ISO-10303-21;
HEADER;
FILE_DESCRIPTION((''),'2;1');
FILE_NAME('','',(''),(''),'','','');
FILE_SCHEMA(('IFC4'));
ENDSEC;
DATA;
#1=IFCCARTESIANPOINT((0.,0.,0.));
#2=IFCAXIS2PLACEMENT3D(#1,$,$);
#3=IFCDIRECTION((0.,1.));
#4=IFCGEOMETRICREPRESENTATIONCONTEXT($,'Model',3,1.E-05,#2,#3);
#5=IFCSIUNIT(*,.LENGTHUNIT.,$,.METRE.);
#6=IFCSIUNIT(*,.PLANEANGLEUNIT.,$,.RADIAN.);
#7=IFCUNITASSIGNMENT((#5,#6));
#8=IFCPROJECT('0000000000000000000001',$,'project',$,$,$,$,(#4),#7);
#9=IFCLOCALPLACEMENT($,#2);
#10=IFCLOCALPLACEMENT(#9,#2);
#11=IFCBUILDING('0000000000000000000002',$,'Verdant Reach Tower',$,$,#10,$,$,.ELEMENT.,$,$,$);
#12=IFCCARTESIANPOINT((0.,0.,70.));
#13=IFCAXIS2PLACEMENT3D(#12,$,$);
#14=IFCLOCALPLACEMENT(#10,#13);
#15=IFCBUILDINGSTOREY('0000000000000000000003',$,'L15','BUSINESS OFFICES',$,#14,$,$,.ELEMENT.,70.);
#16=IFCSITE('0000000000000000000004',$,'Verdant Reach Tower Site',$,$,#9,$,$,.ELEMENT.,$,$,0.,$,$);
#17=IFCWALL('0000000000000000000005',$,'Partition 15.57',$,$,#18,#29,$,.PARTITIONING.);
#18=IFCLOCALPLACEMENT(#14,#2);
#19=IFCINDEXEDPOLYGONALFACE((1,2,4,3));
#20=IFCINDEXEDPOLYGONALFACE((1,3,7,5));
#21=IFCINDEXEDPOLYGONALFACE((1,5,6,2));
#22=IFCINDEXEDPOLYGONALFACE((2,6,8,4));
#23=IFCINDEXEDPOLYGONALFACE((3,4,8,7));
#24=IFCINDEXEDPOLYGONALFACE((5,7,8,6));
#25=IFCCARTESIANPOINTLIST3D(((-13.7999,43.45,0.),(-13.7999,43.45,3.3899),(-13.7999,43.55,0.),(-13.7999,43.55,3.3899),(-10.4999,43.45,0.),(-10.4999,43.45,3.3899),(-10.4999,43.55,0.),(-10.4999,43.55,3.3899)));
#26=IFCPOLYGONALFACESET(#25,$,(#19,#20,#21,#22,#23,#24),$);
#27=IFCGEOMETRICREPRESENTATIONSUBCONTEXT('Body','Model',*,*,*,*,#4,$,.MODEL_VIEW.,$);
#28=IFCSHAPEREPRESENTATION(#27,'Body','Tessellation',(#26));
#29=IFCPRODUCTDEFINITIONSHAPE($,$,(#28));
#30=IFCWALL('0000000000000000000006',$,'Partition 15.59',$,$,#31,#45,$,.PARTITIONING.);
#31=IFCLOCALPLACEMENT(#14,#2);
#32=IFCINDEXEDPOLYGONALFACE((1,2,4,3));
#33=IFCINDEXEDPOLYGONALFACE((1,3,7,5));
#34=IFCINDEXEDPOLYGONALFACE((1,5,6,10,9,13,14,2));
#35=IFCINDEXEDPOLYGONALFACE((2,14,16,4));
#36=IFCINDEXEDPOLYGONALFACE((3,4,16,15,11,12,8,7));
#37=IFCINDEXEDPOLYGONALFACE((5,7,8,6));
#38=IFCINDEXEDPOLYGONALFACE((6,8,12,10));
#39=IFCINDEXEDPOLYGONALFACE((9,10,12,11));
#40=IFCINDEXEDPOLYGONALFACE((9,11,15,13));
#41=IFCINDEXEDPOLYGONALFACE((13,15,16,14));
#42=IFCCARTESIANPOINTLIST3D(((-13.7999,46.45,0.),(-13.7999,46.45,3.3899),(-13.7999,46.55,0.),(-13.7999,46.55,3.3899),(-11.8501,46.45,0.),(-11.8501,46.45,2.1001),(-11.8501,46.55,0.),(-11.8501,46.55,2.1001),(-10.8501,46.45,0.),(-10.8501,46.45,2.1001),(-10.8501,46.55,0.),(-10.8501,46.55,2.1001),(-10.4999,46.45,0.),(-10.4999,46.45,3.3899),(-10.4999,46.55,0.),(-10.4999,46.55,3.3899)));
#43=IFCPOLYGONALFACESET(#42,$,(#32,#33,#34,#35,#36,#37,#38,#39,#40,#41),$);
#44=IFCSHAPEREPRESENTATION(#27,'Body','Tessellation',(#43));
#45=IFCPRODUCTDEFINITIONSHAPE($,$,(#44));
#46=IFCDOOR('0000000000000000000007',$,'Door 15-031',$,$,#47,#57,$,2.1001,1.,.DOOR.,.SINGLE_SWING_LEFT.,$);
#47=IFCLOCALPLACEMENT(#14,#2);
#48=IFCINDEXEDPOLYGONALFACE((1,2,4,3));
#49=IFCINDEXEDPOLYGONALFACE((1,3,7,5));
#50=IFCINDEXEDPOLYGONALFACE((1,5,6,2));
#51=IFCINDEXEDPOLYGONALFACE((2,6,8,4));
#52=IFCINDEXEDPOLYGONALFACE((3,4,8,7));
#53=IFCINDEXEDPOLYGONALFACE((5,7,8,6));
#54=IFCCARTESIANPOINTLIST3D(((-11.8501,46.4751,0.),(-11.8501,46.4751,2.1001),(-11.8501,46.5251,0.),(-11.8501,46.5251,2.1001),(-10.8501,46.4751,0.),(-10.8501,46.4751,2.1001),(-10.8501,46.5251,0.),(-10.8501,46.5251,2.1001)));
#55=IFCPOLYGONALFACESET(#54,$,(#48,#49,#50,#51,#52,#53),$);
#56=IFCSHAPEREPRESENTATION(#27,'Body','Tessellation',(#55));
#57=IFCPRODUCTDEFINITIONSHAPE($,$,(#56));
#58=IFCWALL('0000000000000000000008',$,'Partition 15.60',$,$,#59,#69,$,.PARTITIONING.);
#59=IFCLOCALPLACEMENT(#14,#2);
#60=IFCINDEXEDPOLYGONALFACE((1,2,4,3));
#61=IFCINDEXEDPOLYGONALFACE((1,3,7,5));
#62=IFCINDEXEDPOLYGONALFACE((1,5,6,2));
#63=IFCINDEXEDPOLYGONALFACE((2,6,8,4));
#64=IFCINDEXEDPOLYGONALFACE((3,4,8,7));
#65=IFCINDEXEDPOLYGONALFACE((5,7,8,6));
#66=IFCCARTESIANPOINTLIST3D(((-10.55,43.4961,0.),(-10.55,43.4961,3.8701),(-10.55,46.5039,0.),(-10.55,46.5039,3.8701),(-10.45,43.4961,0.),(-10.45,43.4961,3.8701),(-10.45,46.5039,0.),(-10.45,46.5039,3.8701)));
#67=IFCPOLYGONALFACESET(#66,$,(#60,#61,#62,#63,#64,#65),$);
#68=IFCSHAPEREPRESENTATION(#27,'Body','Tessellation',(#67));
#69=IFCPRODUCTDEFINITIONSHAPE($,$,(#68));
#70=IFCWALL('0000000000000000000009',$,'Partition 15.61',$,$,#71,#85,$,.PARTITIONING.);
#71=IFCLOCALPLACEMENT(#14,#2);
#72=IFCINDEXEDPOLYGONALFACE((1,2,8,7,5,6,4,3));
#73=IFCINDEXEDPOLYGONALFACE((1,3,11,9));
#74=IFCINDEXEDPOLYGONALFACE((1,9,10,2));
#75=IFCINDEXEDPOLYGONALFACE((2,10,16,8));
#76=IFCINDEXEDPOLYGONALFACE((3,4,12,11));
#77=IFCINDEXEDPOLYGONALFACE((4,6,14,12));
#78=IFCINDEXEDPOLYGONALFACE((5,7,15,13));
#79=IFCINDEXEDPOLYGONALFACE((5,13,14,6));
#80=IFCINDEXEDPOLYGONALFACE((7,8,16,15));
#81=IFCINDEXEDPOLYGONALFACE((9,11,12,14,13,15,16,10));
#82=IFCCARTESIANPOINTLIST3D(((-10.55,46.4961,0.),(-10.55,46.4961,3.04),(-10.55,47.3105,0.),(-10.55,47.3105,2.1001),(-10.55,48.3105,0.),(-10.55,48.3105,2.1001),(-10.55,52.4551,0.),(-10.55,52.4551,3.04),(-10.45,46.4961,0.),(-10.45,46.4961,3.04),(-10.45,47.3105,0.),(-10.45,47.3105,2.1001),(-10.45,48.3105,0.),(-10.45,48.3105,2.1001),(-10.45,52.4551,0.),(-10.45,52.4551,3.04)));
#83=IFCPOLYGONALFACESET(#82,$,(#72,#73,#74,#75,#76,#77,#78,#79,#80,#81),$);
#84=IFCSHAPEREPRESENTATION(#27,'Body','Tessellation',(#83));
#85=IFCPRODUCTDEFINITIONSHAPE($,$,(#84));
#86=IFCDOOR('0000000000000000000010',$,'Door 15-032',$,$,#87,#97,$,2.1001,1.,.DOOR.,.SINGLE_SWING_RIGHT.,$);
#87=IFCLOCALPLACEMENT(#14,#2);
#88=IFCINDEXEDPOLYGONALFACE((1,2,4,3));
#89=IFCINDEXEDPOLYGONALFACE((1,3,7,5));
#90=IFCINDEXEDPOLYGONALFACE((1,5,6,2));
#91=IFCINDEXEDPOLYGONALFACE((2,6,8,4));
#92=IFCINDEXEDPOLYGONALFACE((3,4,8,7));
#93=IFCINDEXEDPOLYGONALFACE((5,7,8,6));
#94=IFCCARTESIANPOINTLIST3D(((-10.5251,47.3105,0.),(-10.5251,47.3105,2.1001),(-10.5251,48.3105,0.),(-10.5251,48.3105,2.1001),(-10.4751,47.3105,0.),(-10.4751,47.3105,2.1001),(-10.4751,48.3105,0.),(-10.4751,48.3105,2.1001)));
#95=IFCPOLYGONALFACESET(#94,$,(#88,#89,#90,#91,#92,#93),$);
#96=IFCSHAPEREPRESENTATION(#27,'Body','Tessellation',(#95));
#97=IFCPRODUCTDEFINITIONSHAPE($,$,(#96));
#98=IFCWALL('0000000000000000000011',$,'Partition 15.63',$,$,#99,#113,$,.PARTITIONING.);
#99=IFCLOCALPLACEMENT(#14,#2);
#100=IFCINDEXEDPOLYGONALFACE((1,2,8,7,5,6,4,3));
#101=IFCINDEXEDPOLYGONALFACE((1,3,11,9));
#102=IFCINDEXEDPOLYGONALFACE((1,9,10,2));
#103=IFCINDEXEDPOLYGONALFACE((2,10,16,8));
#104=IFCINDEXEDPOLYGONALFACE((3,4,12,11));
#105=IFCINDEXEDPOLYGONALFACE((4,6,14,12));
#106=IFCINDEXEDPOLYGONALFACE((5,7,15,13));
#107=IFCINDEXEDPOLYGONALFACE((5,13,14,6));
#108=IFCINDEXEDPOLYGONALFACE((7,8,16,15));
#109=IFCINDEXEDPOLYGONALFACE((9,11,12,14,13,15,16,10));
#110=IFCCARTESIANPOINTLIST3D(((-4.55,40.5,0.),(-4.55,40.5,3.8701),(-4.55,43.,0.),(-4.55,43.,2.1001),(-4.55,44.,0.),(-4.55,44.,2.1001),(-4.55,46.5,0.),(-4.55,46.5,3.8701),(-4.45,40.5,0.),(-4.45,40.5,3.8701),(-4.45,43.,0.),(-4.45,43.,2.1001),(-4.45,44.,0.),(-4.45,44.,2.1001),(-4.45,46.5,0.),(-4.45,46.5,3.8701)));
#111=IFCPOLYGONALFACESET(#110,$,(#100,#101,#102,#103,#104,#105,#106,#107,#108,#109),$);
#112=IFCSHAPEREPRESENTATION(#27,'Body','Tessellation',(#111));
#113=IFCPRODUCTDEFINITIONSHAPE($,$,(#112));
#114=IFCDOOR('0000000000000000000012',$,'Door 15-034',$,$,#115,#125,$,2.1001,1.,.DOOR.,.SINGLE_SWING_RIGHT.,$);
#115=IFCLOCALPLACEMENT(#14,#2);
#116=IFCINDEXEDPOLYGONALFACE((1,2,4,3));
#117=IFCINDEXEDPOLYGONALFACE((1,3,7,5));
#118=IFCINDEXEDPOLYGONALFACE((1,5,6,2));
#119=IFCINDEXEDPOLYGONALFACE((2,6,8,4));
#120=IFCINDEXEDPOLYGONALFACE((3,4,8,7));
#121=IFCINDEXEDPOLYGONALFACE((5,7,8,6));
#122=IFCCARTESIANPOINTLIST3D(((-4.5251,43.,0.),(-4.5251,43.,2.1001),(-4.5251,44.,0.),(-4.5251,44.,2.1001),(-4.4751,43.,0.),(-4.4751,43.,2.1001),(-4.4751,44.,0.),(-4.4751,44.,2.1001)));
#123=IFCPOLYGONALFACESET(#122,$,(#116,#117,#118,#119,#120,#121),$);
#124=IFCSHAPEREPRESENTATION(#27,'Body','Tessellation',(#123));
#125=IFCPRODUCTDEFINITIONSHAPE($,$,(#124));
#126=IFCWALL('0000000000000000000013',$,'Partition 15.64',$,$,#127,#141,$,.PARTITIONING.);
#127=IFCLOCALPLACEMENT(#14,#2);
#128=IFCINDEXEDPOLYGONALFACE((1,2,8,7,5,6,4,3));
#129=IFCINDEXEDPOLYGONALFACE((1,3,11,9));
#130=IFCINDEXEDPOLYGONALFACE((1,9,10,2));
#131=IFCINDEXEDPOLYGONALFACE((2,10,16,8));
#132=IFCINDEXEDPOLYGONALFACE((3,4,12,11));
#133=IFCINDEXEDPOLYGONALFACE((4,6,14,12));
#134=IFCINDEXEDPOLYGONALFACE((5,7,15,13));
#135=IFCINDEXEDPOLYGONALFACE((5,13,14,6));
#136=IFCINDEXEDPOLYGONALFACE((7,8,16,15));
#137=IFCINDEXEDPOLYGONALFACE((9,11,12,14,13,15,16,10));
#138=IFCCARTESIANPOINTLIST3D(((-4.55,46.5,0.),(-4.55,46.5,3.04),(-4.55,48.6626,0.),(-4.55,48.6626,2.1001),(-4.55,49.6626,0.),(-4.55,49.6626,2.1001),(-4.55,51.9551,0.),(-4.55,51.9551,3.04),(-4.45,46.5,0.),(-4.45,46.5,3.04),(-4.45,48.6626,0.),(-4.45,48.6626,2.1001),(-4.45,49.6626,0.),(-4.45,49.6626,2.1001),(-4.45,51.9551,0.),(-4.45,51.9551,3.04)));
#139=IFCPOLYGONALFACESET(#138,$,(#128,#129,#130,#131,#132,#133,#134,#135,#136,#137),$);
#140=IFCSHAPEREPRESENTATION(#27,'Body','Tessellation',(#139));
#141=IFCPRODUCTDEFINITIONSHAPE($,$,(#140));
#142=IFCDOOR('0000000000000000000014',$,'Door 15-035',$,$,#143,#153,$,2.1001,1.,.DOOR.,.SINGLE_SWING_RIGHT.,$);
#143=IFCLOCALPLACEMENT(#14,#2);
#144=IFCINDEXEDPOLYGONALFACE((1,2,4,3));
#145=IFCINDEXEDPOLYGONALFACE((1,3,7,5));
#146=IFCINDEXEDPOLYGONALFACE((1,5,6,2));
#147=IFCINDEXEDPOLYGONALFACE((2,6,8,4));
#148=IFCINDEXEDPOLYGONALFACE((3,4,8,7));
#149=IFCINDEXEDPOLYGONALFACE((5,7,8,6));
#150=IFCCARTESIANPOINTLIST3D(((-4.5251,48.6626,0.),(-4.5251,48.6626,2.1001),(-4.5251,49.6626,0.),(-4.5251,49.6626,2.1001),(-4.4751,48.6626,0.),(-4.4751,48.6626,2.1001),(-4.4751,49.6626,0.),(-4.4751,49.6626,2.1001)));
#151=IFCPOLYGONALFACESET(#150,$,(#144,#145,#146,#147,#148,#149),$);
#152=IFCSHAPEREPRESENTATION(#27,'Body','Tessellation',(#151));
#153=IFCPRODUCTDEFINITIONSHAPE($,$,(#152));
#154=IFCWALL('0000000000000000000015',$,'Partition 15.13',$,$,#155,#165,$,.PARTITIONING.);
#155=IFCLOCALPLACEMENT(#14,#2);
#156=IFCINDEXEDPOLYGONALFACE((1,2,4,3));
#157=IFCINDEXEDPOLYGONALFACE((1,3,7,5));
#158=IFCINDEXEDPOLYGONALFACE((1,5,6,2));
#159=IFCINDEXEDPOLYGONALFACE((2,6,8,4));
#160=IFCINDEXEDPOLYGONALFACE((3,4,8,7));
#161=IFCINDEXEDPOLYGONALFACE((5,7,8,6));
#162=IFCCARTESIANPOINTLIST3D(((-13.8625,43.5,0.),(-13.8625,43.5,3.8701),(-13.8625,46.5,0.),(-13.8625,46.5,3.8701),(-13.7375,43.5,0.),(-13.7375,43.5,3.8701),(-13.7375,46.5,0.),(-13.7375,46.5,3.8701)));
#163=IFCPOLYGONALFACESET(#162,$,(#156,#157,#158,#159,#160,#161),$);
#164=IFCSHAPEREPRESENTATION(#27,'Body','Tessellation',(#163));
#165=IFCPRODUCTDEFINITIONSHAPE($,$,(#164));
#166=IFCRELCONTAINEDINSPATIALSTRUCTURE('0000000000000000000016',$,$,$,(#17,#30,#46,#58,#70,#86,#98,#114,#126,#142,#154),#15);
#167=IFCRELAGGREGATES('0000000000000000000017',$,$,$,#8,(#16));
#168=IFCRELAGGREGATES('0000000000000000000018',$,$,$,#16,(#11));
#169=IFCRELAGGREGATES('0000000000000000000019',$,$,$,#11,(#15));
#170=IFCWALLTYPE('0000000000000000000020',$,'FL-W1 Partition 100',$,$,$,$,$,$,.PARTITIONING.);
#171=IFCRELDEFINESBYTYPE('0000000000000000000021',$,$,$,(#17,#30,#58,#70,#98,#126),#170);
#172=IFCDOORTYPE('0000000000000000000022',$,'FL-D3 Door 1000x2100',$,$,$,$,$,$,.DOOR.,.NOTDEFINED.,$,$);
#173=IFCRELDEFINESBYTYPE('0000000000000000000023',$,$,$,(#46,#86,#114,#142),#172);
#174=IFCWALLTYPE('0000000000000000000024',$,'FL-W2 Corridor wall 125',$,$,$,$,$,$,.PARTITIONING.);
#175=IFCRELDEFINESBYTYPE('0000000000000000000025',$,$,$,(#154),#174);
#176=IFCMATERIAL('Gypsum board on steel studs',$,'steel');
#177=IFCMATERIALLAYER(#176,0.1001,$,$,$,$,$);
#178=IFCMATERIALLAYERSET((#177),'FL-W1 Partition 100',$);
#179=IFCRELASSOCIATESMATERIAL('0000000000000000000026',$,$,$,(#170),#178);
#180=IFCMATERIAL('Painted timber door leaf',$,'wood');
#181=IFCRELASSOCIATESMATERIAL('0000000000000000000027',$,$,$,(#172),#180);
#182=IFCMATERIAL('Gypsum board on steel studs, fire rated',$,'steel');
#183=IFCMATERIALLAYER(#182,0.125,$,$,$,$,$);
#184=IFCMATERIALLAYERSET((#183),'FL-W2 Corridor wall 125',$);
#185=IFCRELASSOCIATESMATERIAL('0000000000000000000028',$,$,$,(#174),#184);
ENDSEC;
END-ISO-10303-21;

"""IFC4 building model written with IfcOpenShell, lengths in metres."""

from ifc_helpers import new_model, si_unit, direction, frame, frame_2d, origin, place, context, subcontext, project, spatial, rectangle, extrude, material, layer, layer_set, type_object, element, fill, save


model = new_model("IFC4")

# Units and contexts
model_context = context("Model", 3, precision=1e-05, world=origin(), true_north=direction((0.0, 1.0)))
body_context = subcontext(model_context, "Body", "Model", "MODEL_VIEW")
ifc_project = project(units=[si_unit("LENGTHUNIT", "METRE"), si_unit("PLANEANGLEUNIT", "RADIAN")], contexts=[model_context])

# Site, building, storey
site_placement = place(None, origin())
site = spatial("IfcSite", under=ifc_project, at=site_placement, Name="Verdant Reach Tower Site", CompositionType="ELEMENT", RefElevation=0.0)
building_placement = place(site_placement, origin())
building = spatial("IfcBuilding", under=site, at=building_placement, Name="Verdant Reach Tower", CompositionType="ELEMENT")
storey_placement = place(building_placement, frame((0.0, 0.0, 70.0)))
storey = spatial("IfcBuildingStorey", under=building, at=storey_placement, Name="L15", Description="BUSINESS OFFICES", CompositionType="ELEMENT", Elevation=70.0)

# Wall
ifc_material_1 = material(Name="Gypsum board on steel studs", Category="steel")
ifc_layer_1 = layer(ifc_material_1, 0.1001)
ifc_layer_set_1 = layer_set([ifc_layer_1], Name="FL-W1 Partition 100")
wall_type_1 = type_object("IfcWallType", Name="FL-W1 Partition 100", PredefinedType="PARTITIONING", material=ifc_layer_set_1)
wall_1_placement = place(storey_placement, frame((-10.5, 43.5, 0.0), z_axis=(0.0, 0.0, 1.0), x_axis=(-1.0, 0.0, 0.0)))
element("IfcWall", 1, at=wall_1_placement, inside=storey, type_object=wall_type_1, Name="Partition 15.57", PredefinedType="PARTITIONING", context=body_context, shape_type="SweptSolid", body=[
    extrude(rectangle(XDim=3.3, YDim=0.1001, at=frame_2d((1.6499, 0.0))), origin(), (0.0, 0.0, 1.0), 3.3899),
])

# Wall, opening, door
wall_2_placement = place(storey_placement, frame((-10.5, 46.5, 0.0), z_axis=(0.0, 0.0, 1.0), x_axis=(-1.0, 0.0, 0.0)))
wall_2 = element("IfcWall", 2, at=wall_2_placement, inside=storey, type_object=wall_type_1, Name="Partition 15.59", PredefinedType="PARTITIONING", context=body_context, shape_type="SweptSolid", body=[
    extrude(rectangle(XDim=3.3, YDim=0.1001, at=frame_2d((1.6499, 0.0))), origin(), (0.0, 0.0, 1.0), 3.3899),
])
opening_1_placement = place(wall_2_placement, frame((0.3501, 0.0, 0.0)))
opening_1 = element("IfcOpeningElement", 3, at=opening_1_placement, cuts=wall_2, PredefinedType="OPENING", context=body_context, shape_type="SweptSolid", body=[
    extrude(rectangle(XDim=1.0, YDim=2.1001, at=frame_2d((0.5, 1.05))), frame((0.0, 0.0601, 0.0), z_axis=(0.0, -1.0, 0.0), x_axis=(1.0, 0.0, 0.0)), (0.0, 0.0, 1.0), 0.1201),
])
ifc_material_2 = material(Name="Painted timber door leaf", Category="wood")
door_type_1 = type_object("IfcDoorType", Name="FL-D3 Door 1000x2100", OperationType="NOTDEFINED", PredefinedType="DOOR", material=ifc_material_2)
door_1_placement = place(opening_1_placement, origin())
door_1 = element("IfcDoor", 4, at=door_1_placement, inside=storey, type_object=door_type_1, Name="Door 15-031", OperationType="SINGLE_SWING_LEFT", OverallHeight=2.1001, OverallWidth=1.0, PredefinedType="DOOR", context=body_context, shape_type="SweptSolid", body=[
    extrude(rectangle(XDim=1.0, YDim=2.1001, at=frame_2d((0.5, 1.05))), frame((0.0, 0.0249, 0.0), z_axis=(0.0, -1.0, 0.0), x_axis=(1.0, 0.0, 0.0)), (0.0, 0.0, 1.0), 0.05),
])
fill(opening_1, door_1)

# Wall
wall_3_placement = place(storey_placement, frame((-10.5, 43.4961, 0.0), z_axis=(0.0, 0.0, 1.0), x_axis=(0.0, 1.0, 0.0)))
element("IfcWall", 5, at=wall_3_placement, inside=storey, type_object=wall_type_1, Name="Partition 15.60", PredefinedType="PARTITIONING", context=body_context, shape_type="SweptSolid", body=[
    extrude(rectangle(XDim=3.0078, YDim=0.1001, at=frame_2d((1.5039, 0.0))), origin(), (0.0, 0.0, 1.0), 3.8701),
])

# Walls, openings, doors
wall_4_placement = place(storey_placement, frame((-10.5, 52.4551, 0.0), z_axis=(0.0, 0.0, 1.0), x_axis=(0.0, -1.0, 0.0)))
wall_4 = element("IfcWall", 6, at=wall_4_placement, inside=storey, type_object=wall_type_1, Name="Partition 15.61", PredefinedType="PARTITIONING", context=body_context, shape_type="SweptSolid", body=[
    extrude(rectangle(XDim=5.959, YDim=0.1001, at=frame_2d((2.9795, 0.0))), origin(), (0.0, 0.0, 1.0), 3.04),
])
opening_2_placement = place(wall_4_placement, frame((4.1445, 0.0, 0.0)))
opening_2 = element("IfcOpeningElement", 7, at=opening_2_placement, cuts=wall_4, PredefinedType="OPENING", context=body_context, shape_type="SweptSolid", body=[
    extrude(rectangle(XDim=1.0, YDim=2.1001, at=frame_2d((0.5, 1.05))), frame((0.0, 0.0601, 0.0), z_axis=(0.0, -1.0, 0.0), x_axis=(1.0, 0.0, 0.0)), (0.0, 0.0, 1.0), 0.1201),
])
door_2_placement = place(opening_2_placement, origin())
door_2 = element("IfcDoor", 8, at=door_2_placement, inside=storey, type_object=door_type_1, Name="Door 15-032", OperationType="SINGLE_SWING_RIGHT", OverallHeight=2.1001, OverallWidth=1.0, PredefinedType="DOOR", context=body_context, shape_type="SweptSolid", body=[
    extrude(rectangle(XDim=1.0, YDim=2.1001, at=frame_2d((0.5, 1.05))), frame((0.0, 0.0249, 0.0), z_axis=(0.0, -1.0, 0.0), x_axis=(1.0, 0.0, 0.0)), (0.0, 0.0, 1.0), 0.05),
])
fill(opening_2, door_2)
wall_5_placement = place(storey_placement, frame((-4.5, 46.5, 0.0), z_axis=(0.0, 0.0, 1.0), x_axis=(0.0, -1.0, 0.0)))
wall_5 = element("IfcWall", 9, at=wall_5_placement, inside=storey, type_object=wall_type_1, Name="Partition 15.63", PredefinedType="PARTITIONING", context=body_context, shape_type="SweptSolid", body=[
    extrude(rectangle(XDim=6.0, YDim=0.1001, at=frame_2d((3.0, 0.0))), origin(), (0.0, 0.0, 1.0), 3.8701),
])
opening_3_placement = place(wall_5_placement, frame((2.5, 0.0, 0.0)))
opening_3 = element("IfcOpeningElement", 10, at=opening_3_placement, cuts=wall_5, PredefinedType="OPENING", context=body_context, shape_type="SweptSolid", body=[
    extrude(rectangle(XDim=1.0, YDim=2.1001, at=frame_2d((0.5, 1.05))), frame((0.0, 0.0601, 0.0), z_axis=(0.0, -1.0, 0.0), x_axis=(1.0, 0.0, 0.0)), (0.0, 0.0, 1.0), 0.1201),
])
door_3_placement = place(opening_3_placement, origin())
door_3 = element("IfcDoor", 11, at=door_3_placement, inside=storey, type_object=door_type_1, Name="Door 15-034", OperationType="SINGLE_SWING_RIGHT", OverallHeight=2.1001, OverallWidth=1.0, PredefinedType="DOOR", context=body_context, shape_type="SweptSolid", body=[
    extrude(rectangle(XDim=1.0, YDim=2.1001, at=frame_2d((0.5, 1.05))), frame((0.0, 0.0249, 0.0), z_axis=(0.0, -1.0, 0.0), x_axis=(1.0, 0.0, 0.0)), (0.0, 0.0, 1.0), 0.05),
])
fill(opening_3, door_3)
wall_6_placement = place(storey_placement, frame((-4.5, 51.9551, 0.0), z_axis=(0.0, 0.0, 1.0), x_axis=(0.0, -1.0, 0.0)))
wall_6 = element("IfcWall", 12, at=wall_6_placement, inside=storey, type_object=wall_type_1, Name="Partition 15.64", PredefinedType="PARTITIONING", context=body_context, shape_type="SweptSolid", body=[
    extrude(rectangle(XDim=5.4551, YDim=0.1001, at=frame_2d((2.7275, 0.0))), origin(), (0.0, 0.0, 1.0), 3.04),
])
opening_4_placement = place(wall_6_placement, frame((2.2925, 0.0, 0.0)))
opening_4 = element("IfcOpeningElement", 13, at=opening_4_placement, cuts=wall_6, PredefinedType="OPENING", context=body_context, shape_type="SweptSolid", body=[
    extrude(rectangle(XDim=1.0, YDim=2.1001, at=frame_2d((0.5, 1.05))), frame((0.0, 0.0601, 0.0), z_axis=(0.0, -1.0, 0.0), x_axis=(1.0, 0.0, 0.0)), (0.0, 0.0, 1.0), 0.1201),
])
door_4_placement = place(opening_4_placement, origin())
door_4 = element("IfcDoor", 14, at=door_4_placement, inside=storey, type_object=door_type_1, Name="Door 15-035", OperationType="SINGLE_SWING_RIGHT", OverallHeight=2.1001, OverallWidth=1.0, PredefinedType="DOOR", context=body_context, shape_type="SweptSolid", body=[
    extrude(rectangle(XDim=1.0, YDim=2.1001, at=frame_2d((0.5, 1.05))), frame((0.0, 0.0249, 0.0), z_axis=(0.0, -1.0, 0.0), x_axis=(1.0, 0.0, 0.0)), (0.0, 0.0, 1.0), 0.05),
])
fill(opening_4, door_4)

# Wall
ifc_material_3 = material(Name="Gypsum board on steel studs, fire rated", Category="steel")
ifc_layer_2 = layer(ifc_material_3, 0.125)
ifc_layer_set_2 = layer_set([ifc_layer_2], Name="FL-W2 Corridor wall 125")
wall_type_2 = type_object("IfcWallType", Name="FL-W2 Corridor wall 125", PredefinedType="PARTITIONING", material=ifc_layer_set_2)
wall_7_placement = place(storey_placement, frame((-13.8, 43.5, 0.0), z_axis=(0.0, 0.0, 1.0), x_axis=(0.0, 1.0, 0.0)))
element("IfcWall", 15, at=wall_7_placement, inside=storey, type_object=wall_type_2, Name="Partition 15.13", PredefinedType="PARTITIONING", context=body_context, shape_type="SweptSolid", body=[
    extrude(rectangle(XDim=3.0, YDim=0.125, at=frame_2d((1.5, 0.0))), origin(), (0.0, 0.0, 1.0), 3.8701),
])

save(model, "model.ifc")
